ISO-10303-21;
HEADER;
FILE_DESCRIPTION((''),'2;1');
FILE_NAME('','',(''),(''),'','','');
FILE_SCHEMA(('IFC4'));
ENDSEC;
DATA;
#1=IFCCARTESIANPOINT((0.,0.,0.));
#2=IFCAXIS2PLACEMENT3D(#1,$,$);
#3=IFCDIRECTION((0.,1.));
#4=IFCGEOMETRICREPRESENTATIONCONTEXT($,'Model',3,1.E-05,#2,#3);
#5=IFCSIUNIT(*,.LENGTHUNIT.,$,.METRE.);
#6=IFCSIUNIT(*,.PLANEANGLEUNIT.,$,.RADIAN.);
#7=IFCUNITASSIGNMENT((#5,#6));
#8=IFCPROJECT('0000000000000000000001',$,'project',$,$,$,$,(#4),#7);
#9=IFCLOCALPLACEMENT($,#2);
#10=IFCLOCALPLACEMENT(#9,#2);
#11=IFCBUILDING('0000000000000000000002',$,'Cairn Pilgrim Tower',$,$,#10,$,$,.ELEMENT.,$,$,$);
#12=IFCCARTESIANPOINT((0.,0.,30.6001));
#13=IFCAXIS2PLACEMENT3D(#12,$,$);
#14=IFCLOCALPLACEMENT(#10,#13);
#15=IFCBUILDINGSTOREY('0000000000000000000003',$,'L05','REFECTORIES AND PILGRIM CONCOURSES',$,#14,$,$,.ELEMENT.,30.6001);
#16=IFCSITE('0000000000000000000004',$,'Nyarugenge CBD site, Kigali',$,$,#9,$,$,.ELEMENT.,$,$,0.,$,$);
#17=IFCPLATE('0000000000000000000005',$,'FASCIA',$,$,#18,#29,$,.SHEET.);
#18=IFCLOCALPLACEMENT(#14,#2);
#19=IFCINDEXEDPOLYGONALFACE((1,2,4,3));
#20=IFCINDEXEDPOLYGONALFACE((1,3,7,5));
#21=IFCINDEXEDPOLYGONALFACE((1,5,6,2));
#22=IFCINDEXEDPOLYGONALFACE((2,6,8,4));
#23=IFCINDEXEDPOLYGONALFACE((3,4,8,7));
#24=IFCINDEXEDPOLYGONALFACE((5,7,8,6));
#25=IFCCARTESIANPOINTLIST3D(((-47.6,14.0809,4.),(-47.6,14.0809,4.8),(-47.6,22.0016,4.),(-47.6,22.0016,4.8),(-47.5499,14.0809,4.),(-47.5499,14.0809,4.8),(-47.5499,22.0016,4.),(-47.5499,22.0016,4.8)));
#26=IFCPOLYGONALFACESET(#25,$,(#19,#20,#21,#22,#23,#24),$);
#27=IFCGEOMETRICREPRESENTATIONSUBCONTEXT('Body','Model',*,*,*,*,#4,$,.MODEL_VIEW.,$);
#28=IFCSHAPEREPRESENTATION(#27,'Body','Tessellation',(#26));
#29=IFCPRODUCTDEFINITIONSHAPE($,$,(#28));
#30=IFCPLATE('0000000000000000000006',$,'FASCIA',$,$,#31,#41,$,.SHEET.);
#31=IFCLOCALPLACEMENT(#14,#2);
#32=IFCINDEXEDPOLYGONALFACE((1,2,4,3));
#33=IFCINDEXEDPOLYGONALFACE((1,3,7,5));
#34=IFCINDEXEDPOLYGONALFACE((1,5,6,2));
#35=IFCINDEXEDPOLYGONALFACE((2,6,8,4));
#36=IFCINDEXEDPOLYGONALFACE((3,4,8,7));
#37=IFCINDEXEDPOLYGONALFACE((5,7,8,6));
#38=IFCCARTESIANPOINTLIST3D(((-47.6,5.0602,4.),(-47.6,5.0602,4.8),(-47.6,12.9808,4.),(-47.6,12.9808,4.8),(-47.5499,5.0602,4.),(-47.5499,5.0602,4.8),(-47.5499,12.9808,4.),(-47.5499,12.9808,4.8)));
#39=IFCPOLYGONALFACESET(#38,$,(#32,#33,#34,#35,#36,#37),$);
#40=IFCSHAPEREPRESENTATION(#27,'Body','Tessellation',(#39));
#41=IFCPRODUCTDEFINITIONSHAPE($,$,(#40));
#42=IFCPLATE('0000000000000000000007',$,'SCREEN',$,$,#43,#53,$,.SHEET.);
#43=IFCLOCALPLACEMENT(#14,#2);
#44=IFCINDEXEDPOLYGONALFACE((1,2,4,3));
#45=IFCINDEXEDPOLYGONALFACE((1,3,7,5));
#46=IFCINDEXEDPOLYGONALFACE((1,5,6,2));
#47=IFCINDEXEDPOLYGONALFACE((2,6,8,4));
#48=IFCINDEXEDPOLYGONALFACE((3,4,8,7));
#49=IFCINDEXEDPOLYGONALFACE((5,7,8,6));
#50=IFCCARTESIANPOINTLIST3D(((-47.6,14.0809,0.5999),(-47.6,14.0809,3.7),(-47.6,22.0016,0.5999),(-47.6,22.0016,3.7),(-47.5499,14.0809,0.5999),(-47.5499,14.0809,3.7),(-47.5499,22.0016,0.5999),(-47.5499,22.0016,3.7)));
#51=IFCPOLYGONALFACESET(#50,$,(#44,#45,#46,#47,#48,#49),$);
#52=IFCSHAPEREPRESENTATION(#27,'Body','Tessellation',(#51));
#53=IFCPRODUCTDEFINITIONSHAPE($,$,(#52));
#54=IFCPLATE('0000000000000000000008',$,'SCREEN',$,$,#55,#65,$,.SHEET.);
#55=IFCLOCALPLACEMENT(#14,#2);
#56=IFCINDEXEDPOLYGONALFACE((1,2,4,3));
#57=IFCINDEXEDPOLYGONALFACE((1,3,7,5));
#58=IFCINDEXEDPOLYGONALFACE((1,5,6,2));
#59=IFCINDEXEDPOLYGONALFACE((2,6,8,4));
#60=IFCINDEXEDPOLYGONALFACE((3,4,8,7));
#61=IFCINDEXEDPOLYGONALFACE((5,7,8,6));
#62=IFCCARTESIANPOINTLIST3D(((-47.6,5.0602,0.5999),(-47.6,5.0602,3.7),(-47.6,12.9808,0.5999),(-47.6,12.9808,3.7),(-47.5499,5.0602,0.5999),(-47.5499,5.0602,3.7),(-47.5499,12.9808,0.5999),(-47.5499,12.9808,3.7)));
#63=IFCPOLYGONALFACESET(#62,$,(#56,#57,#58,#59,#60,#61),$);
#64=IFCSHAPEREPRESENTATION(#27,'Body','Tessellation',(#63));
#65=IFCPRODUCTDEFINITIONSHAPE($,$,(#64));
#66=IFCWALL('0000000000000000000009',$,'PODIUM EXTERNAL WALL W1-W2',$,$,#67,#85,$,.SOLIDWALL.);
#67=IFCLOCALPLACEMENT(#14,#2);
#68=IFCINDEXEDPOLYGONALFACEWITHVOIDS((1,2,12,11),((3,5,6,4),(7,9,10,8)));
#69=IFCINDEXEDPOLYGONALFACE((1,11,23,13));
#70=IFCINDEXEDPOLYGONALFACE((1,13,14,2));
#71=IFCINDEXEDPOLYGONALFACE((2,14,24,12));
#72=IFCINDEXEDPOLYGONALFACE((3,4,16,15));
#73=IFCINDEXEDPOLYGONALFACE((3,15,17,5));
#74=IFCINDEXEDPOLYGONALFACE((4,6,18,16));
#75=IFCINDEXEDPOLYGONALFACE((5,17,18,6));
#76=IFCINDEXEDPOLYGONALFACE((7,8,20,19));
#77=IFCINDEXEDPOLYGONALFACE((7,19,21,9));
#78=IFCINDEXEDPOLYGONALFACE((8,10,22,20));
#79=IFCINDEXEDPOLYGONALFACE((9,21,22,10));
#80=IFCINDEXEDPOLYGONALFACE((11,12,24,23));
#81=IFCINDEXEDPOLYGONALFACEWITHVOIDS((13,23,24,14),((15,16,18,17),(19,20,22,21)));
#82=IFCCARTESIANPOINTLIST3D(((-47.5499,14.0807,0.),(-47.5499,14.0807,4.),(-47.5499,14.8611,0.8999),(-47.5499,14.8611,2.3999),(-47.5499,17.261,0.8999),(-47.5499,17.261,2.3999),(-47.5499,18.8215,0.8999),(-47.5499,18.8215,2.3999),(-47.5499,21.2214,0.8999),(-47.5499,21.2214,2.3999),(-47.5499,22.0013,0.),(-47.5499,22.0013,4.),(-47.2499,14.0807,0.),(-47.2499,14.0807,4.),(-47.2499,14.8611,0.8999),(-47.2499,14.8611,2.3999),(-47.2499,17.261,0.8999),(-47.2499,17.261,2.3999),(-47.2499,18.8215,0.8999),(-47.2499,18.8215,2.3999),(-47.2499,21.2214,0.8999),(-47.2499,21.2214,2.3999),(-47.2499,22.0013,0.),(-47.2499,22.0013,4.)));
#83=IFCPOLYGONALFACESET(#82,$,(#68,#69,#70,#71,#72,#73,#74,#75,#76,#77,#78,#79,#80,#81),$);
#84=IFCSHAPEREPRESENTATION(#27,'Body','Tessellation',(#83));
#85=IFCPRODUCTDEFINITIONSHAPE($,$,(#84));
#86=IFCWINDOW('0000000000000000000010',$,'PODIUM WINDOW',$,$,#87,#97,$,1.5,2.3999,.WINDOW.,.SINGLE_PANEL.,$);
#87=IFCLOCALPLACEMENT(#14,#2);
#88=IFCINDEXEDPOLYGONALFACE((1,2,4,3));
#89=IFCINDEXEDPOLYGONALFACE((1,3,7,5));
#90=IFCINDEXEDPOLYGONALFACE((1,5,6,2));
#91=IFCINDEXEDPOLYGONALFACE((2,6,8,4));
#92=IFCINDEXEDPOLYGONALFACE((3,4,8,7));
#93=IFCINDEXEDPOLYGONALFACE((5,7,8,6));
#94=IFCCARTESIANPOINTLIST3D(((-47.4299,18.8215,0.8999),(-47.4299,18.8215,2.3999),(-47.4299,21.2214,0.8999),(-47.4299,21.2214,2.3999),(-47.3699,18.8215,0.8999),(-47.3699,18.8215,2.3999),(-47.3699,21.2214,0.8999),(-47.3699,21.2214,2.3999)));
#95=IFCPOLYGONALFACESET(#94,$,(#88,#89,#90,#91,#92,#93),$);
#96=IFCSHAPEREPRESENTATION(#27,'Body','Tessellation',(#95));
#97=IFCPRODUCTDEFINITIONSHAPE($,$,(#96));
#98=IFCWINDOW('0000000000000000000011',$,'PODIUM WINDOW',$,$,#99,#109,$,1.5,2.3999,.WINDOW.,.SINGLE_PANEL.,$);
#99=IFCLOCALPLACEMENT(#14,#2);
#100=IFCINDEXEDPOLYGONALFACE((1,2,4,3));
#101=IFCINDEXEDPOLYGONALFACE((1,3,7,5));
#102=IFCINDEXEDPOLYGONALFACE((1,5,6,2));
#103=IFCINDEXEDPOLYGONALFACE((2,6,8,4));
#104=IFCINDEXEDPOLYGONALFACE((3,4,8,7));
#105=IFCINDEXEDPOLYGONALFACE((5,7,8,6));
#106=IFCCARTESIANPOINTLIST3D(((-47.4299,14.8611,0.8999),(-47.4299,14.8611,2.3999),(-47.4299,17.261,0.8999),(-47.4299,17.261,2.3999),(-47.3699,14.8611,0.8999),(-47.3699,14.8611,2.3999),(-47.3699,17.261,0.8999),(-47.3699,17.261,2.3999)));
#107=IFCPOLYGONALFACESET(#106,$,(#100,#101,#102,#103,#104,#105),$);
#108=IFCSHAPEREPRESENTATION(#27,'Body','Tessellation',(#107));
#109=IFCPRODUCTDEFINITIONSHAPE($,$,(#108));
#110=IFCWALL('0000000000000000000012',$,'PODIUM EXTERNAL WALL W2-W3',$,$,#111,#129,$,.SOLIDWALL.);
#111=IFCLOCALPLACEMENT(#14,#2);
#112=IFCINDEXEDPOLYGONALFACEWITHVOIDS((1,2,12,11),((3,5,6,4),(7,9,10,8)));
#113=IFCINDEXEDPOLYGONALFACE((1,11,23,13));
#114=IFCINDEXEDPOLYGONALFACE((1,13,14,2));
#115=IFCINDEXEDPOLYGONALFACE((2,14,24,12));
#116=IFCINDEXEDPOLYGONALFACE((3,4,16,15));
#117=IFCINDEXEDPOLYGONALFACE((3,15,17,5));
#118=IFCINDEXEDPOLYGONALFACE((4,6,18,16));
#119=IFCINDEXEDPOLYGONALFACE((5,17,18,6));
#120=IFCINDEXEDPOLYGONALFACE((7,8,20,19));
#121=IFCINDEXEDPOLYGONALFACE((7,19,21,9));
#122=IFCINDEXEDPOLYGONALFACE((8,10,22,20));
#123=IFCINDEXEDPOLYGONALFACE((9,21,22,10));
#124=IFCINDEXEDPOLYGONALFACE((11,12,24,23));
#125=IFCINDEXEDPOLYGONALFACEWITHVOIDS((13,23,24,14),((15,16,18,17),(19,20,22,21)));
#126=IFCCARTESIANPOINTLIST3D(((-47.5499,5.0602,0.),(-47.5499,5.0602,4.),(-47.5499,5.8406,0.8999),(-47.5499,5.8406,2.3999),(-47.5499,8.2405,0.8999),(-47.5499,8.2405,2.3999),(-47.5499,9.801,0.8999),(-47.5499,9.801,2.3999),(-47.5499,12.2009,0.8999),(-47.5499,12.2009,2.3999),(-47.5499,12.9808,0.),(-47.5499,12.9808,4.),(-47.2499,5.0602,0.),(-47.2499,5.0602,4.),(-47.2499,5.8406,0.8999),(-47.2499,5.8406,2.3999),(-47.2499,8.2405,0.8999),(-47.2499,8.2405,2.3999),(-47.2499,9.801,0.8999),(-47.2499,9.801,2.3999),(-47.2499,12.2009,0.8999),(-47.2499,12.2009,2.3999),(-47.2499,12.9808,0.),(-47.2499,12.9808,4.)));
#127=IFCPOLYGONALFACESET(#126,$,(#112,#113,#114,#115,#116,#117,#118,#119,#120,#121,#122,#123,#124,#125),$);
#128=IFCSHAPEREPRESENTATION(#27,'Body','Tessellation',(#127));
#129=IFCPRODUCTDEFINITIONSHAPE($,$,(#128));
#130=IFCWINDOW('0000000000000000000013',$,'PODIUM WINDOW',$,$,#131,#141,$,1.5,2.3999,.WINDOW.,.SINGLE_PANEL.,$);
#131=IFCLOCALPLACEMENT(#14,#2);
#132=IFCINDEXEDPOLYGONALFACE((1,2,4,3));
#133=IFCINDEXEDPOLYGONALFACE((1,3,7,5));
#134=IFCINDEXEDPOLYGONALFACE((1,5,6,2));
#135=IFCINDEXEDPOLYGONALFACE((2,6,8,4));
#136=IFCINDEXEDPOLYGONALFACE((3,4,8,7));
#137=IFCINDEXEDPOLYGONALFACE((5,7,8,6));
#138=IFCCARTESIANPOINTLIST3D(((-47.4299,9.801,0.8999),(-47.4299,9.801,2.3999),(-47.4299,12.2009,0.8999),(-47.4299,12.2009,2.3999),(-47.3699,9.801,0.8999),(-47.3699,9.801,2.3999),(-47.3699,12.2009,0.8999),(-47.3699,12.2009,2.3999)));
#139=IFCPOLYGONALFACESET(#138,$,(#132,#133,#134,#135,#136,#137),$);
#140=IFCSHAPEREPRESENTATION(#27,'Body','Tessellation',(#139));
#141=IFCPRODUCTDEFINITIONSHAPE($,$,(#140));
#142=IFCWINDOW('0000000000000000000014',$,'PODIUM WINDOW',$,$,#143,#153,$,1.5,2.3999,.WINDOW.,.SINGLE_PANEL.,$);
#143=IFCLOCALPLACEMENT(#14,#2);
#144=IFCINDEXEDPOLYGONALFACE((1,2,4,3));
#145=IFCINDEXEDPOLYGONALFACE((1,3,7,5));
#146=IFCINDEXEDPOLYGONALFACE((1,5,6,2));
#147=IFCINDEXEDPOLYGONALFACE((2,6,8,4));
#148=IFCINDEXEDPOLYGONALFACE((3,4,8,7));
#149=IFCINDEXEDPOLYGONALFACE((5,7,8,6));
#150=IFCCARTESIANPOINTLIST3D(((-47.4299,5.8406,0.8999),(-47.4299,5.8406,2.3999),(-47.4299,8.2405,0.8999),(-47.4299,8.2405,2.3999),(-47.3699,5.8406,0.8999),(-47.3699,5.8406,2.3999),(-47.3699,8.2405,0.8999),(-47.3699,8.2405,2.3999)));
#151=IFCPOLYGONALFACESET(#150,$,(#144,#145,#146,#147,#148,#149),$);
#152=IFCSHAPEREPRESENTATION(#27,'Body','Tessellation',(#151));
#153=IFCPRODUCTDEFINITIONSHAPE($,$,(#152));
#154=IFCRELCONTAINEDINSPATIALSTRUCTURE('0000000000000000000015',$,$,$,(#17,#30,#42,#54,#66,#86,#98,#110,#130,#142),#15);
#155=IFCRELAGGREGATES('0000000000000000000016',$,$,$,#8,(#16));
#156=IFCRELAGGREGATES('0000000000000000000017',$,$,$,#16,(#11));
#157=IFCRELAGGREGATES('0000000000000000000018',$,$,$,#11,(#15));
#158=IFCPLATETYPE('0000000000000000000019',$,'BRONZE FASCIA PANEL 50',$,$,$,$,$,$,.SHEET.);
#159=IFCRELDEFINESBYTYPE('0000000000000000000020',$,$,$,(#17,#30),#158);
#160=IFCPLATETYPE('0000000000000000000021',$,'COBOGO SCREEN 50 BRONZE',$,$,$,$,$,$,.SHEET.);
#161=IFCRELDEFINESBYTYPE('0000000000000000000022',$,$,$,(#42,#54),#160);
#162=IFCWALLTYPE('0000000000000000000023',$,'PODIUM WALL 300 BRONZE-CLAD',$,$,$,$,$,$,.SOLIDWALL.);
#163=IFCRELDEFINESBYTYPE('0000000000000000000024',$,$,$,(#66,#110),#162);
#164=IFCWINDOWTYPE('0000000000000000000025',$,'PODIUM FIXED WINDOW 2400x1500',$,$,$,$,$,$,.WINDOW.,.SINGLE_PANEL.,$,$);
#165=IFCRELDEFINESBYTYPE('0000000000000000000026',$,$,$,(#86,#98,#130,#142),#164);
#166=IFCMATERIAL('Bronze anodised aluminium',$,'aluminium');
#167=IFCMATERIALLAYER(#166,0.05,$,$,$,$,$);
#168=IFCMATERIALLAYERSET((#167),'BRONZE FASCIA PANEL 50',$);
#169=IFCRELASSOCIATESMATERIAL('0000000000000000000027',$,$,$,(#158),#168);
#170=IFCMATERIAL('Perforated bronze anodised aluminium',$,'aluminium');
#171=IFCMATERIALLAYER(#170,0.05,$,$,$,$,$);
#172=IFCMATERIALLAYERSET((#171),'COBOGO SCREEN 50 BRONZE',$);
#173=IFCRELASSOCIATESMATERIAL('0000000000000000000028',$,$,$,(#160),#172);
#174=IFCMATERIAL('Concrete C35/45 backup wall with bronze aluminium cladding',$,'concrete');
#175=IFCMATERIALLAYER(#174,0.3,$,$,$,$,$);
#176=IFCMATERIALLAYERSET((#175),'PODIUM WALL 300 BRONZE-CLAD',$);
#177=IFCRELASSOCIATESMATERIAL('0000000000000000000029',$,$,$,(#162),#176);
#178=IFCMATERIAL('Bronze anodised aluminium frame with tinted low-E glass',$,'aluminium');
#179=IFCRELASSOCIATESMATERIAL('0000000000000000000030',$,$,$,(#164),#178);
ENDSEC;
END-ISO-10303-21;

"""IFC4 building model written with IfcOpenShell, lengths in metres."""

from ifc_helpers import new_model, si_unit, direction, frame, frame_2d, origin, origin_2d, place, context, subcontext, project, spatial, rectangle, extrude, material, layer, layer_set, type_object, element, fill, save


model = new_model("IFC4")

# Units and contexts
model_context = context("Model", 3, precision=1e-05, world=origin(), true_north=direction((0.0, 1.0)))
body_context = subcontext(model_context, "Body", "Model", "MODEL_VIEW")
ifc_project = project(units=[si_unit("LENGTHUNIT", "METRE"), si_unit("PLANEANGLEUNIT", "RADIAN")], contexts=[model_context])

# Site, building, storey
site_placement = place(None, origin())
site = spatial("IfcSite", under=ifc_project, at=site_placement, Name="Nyarugenge CBD site, Kigali", CompositionType="ELEMENT", RefElevation=0.0)
building_placement = place(site_placement, origin())
building = spatial("IfcBuilding", under=site, at=building_placement, Name="Cairn Pilgrim Tower", CompositionType="ELEMENT")
storey_placement = place(building_placement, frame((0.0, 0.0, 30.6001)))
storey = spatial("IfcBuildingStorey", under=building, at=storey_placement, Name="L05", Description="REFECTORIES AND PILGRIM CONCOURSES", CompositionType="ELEMENT", Elevation=30.6001)

# Plates
ifc_material_1 = material(Name="Bronze anodised aluminium", Category="aluminium")
ifc_layer_1 = layer(ifc_material_1, 0.05)
ifc_layer_set_1 = layer_set([ifc_layer_1], Name="BRONZE FASCIA PANEL 50")
plate_type_1 = type_object("IfcPlateType", Name="BRONZE FASCIA PANEL 50", PredefinedType="SHEET", material=ifc_layer_set_1)
for number, where, z_axis, x_axis, name in (
    (1, (-47.575, 18.0413, 4.0), (0.0, 0.0, 1.0), (0.0, -1.0, 0.0), "FASCIA"),
    (2, (-47.575, 9.0205, 4.0), (0.0, 0.0, 1.0), (0.0, -1.0, 0.0), "FASCIA"),
):
    element("IfcPlate", number, at=place(storey_placement, frame(where, z_axis=z_axis, x_axis=x_axis)), inside=storey, type_object=plate_type_1, Name=name, PredefinedType="SHEET", context=body_context, shape_type="SweptSolid", body=[
        extrude(rectangle(XDim=7.9207, YDim=0.05, at=origin_2d()), origin(), (0.0, 0.0, 1.0), 0.8),
    ])
ifc_material_2 = material(Name="Perforated bronze anodised aluminium", Category="aluminium")
ifc_layer_2 = layer(ifc_material_2, 0.05)
ifc_layer_set_2 = layer_set([ifc_layer_2], Name="COBOGO SCREEN 50 BRONZE")
plate_type_2 = type_object("IfcPlateType", Name="COBOGO SCREEN 50 BRONZE", PredefinedType="SHEET", material=ifc_layer_set_2)
for number, where, z_axis, x_axis, name in (
    (3, (-47.575, 18.0413, 0.5999), (0.0, 0.0, 1.0), (0.0, -1.0, 0.0), "SCREEN"),
    (4, (-47.575, 9.0205, 0.5999), (0.0, 0.0, 1.0), (0.0, -1.0, 0.0), "SCREEN"),
):
    element("IfcPlate", number, at=place(storey_placement, frame(where, z_axis=z_axis, x_axis=x_axis)), inside=storey, type_object=plate_type_2, Name=name, PredefinedType="SHEET", context=body_context, shape_type="SweptSolid", body=[
        extrude(rectangle(XDim=7.9207, YDim=0.05, at=origin_2d()), origin(), (0.0, 0.0, 1.0), 3.1001),
    ])

# Walls, openings, windows
ifc_material_3 = material(Name="Concrete C35/45 backup wall with bronze aluminium cladding", Category="concrete")
ifc_layer_3 = layer(ifc_material_3, 0.3)
ifc_layer_set_3 = layer_set([ifc_layer_3], Name="PODIUM WALL 300 BRONZE-CLAD")
wall_type = type_object("IfcWallType", Name="PODIUM WALL 300 BRONZE-CLAD", PredefinedType="SOLIDWALL", material=ifc_layer_set_3)
wall_1_placement = place(storey_placement, frame((-47.3999, 22.0015, 0.0), z_axis=(0.0, 0.0, 1.0), x_axis=(0.0, -1.0, 0.0)))
wall_1 = element("IfcWall", 5, at=wall_1_placement, inside=storey, type_object=wall_type, Name="PODIUM EXTERNAL WALL W1-W2", PredefinedType="SOLIDWALL", context=body_context, shape_type="SweptSolid", body=[
    extrude(rectangle(XDim=7.9207, YDim=0.3, at=frame_2d((3.9604, 0.0))), origin(), (0.0, 0.0, 1.0), 4.0),
])
opening_1_placement = place(wall_1_placement, frame((0.78, 0.0, 0.8999)))
opening_1 = element("IfcOpeningElement", 6, at=opening_1_placement, cuts=wall_1, PredefinedType="OPENING", context=body_context, shape_type="SweptSolid", body=[
    extrude(rectangle(XDim=2.3999, YDim=1.5, at=frame_2d((1.2, 0.75))), frame((0.0, 0.1602, 0.0), z_axis=(0.0, -1.0, 0.0), x_axis=(1.0, 0.0, 0.0)), (0.0, 0.0, 1.0), 0.3201),
])
opening_2_placement = place(wall_1_placement, frame((4.7405, 0.0, 0.8999)))
opening_2 = element("IfcOpeningElement", 7, at=opening_2_placement, cuts=wall_1, PredefinedType="OPENING", context=body_context, shape_type="SweptSolid", body=[
    extrude(rectangle(XDim=2.3999, YDim=1.5, at=frame_2d((1.2, 0.75))), frame((0.0, 0.1602, 0.0), z_axis=(0.0, -1.0, 0.0), x_axis=(1.0, 0.0, 0.0)), (0.0, 0.0, 1.0), 0.3201),
])
ifc_material_4 = material(Name="Bronze anodised aluminium frame with tinted low-E glass", Category="aluminium")
window_type = type_object("IfcWindowType", Name="PODIUM FIXED WINDOW 2400x1500", PartitioningType="SINGLE_PANEL", PredefinedType="WINDOW", material=ifc_material_4)
window_1_placement = place(opening_1_placement, origin())
window_1 = element("IfcWindow", 8, at=window_1_placement, inside=storey, type_object=window_type, Name="PODIUM WINDOW", OverallHeight=1.5, OverallWidth=2.3999, PartitioningType="SINGLE_PANEL", PredefinedType="WINDOW", context=body_context, shape_type="SweptSolid", body=[
    extrude(rectangle(XDim=2.3999, YDim=1.5, at=frame_2d((1.2, 0.75))), frame((0.0, 0.03, 0.0), z_axis=(0.0, -1.0, 0.0), x_axis=(1.0, 0.0, 0.0)), (0.0, 0.0, 1.0), 0.0601),
])
fill(opening_1, window_1)
window_2_placement = place(opening_2_placement, origin())
window_2 = element("IfcWindow", 9, at=window_2_placement, inside=storey, type_object=window_type, Name="PODIUM WINDOW", OverallHeight=1.5, OverallWidth=2.3999, PartitioningType="SINGLE_PANEL", PredefinedType="WINDOW", context=body_context, shape_type="SweptSolid", body=[
    extrude(rectangle(XDim=2.3999, YDim=1.5, at=frame_2d((1.2, 0.75))), frame((0.0, 0.03, 0.0), z_axis=(0.0, -1.0, 0.0), x_axis=(1.0, 0.0, 0.0)), (0.0, 0.0, 1.0), 0.0601),
])
fill(opening_2, window_2)
wall_2_placement = place(storey_placement, frame((-47.3999, 12.981, 0.0), z_axis=(0.0, 0.0, 1.0), x_axis=(0.0, -1.0, 0.0)))
wall_2 = element("IfcWall", 10, at=wall_2_placement, inside=storey, type_object=wall_type, Name="PODIUM EXTERNAL WALL W2-W3", PredefinedType="SOLIDWALL", context=body_context, shape_type="SweptSolid", body=[
    extrude(rectangle(XDim=7.9207, YDim=0.3, at=frame_2d((3.9604, 0.0))), origin(), (0.0, 0.0, 1.0), 4.0),
])
opening_3_placement = place(wall_2_placement, frame((0.78, 0.0, 0.8999)))
opening_3 = element("IfcOpeningElement", 11, at=opening_3_placement, cuts=wall_2, PredefinedType="OPENING", context=body_context, shape_type="SweptSolid", body=[
    extrude(rectangle(XDim=2.3999, YDim=1.5, at=frame_2d((1.2, 0.75))), frame((0.0, 0.1602, 0.0), z_axis=(0.0, -1.0, 0.0), x_axis=(1.0, 0.0, 0.0)), (0.0, 0.0, 1.0), 0.3201),
])
opening_4_placement = place(wall_2_placement, frame((4.7405, 0.0, 0.8999)))
opening_4 = element("IfcOpeningElement", 12, at=opening_4_placement, cuts=wall_2, PredefinedType="OPENING", context=body_context, shape_type="SweptSolid", body=[
    extrude(rectangle(XDim=2.3999, YDim=1.5, at=frame_2d((1.2, 0.75))), frame((0.0, 0.1602, 0.0), z_axis=(0.0, -1.0, 0.0), x_axis=(1.0, 0.0, 0.0)), (0.0, 0.0, 1.0), 0.3201),
])
window_3_placement = place(opening_3_placement, origin())
window_3 = element("IfcWindow", 13, at=window_3_placement, inside=storey, type_object=window_type, Name="PODIUM WINDOW", OverallHeight=1.5, OverallWidth=2.3999, PartitioningType="SINGLE_PANEL", PredefinedType="WINDOW", context=body_context, shape_type="SweptSolid", body=[
    extrude(rectangle(XDim=2.3999, YDim=1.5, at=frame_2d((1.2, 0.75))), frame((0.0, 0.03, 0.0), z_axis=(0.0, -1.0, 0.0), x_axis=(1.0, 0.0, 0.0)), (0.0, 0.0, 1.0), 0.0601),
])
fill(opening_3, window_3)
window_4_placement = place(opening_4_placement, origin())
window_4 = element("IfcWindow", 14, at=window_4_placement, inside=storey, type_object=window_type, Name="PODIUM WINDOW", OverallHeight=1.5, OverallWidth=2.3999, PartitioningType="SINGLE_PANEL", PredefinedType="WINDOW", context=body_context, shape_type="SweptSolid", body=[
    extrude(rectangle(XDim=2.3999, YDim=1.5, at=frame_2d((1.2, 0.75))), frame((0.0, 0.03, 0.0), z_axis=(0.0, -1.0, 0.0), x_axis=(1.0, 0.0, 0.0)), (0.0, 0.0, 1.0), 0.0601),
])
fill(opening_4, window_4)

save(model, "model.ifc")
